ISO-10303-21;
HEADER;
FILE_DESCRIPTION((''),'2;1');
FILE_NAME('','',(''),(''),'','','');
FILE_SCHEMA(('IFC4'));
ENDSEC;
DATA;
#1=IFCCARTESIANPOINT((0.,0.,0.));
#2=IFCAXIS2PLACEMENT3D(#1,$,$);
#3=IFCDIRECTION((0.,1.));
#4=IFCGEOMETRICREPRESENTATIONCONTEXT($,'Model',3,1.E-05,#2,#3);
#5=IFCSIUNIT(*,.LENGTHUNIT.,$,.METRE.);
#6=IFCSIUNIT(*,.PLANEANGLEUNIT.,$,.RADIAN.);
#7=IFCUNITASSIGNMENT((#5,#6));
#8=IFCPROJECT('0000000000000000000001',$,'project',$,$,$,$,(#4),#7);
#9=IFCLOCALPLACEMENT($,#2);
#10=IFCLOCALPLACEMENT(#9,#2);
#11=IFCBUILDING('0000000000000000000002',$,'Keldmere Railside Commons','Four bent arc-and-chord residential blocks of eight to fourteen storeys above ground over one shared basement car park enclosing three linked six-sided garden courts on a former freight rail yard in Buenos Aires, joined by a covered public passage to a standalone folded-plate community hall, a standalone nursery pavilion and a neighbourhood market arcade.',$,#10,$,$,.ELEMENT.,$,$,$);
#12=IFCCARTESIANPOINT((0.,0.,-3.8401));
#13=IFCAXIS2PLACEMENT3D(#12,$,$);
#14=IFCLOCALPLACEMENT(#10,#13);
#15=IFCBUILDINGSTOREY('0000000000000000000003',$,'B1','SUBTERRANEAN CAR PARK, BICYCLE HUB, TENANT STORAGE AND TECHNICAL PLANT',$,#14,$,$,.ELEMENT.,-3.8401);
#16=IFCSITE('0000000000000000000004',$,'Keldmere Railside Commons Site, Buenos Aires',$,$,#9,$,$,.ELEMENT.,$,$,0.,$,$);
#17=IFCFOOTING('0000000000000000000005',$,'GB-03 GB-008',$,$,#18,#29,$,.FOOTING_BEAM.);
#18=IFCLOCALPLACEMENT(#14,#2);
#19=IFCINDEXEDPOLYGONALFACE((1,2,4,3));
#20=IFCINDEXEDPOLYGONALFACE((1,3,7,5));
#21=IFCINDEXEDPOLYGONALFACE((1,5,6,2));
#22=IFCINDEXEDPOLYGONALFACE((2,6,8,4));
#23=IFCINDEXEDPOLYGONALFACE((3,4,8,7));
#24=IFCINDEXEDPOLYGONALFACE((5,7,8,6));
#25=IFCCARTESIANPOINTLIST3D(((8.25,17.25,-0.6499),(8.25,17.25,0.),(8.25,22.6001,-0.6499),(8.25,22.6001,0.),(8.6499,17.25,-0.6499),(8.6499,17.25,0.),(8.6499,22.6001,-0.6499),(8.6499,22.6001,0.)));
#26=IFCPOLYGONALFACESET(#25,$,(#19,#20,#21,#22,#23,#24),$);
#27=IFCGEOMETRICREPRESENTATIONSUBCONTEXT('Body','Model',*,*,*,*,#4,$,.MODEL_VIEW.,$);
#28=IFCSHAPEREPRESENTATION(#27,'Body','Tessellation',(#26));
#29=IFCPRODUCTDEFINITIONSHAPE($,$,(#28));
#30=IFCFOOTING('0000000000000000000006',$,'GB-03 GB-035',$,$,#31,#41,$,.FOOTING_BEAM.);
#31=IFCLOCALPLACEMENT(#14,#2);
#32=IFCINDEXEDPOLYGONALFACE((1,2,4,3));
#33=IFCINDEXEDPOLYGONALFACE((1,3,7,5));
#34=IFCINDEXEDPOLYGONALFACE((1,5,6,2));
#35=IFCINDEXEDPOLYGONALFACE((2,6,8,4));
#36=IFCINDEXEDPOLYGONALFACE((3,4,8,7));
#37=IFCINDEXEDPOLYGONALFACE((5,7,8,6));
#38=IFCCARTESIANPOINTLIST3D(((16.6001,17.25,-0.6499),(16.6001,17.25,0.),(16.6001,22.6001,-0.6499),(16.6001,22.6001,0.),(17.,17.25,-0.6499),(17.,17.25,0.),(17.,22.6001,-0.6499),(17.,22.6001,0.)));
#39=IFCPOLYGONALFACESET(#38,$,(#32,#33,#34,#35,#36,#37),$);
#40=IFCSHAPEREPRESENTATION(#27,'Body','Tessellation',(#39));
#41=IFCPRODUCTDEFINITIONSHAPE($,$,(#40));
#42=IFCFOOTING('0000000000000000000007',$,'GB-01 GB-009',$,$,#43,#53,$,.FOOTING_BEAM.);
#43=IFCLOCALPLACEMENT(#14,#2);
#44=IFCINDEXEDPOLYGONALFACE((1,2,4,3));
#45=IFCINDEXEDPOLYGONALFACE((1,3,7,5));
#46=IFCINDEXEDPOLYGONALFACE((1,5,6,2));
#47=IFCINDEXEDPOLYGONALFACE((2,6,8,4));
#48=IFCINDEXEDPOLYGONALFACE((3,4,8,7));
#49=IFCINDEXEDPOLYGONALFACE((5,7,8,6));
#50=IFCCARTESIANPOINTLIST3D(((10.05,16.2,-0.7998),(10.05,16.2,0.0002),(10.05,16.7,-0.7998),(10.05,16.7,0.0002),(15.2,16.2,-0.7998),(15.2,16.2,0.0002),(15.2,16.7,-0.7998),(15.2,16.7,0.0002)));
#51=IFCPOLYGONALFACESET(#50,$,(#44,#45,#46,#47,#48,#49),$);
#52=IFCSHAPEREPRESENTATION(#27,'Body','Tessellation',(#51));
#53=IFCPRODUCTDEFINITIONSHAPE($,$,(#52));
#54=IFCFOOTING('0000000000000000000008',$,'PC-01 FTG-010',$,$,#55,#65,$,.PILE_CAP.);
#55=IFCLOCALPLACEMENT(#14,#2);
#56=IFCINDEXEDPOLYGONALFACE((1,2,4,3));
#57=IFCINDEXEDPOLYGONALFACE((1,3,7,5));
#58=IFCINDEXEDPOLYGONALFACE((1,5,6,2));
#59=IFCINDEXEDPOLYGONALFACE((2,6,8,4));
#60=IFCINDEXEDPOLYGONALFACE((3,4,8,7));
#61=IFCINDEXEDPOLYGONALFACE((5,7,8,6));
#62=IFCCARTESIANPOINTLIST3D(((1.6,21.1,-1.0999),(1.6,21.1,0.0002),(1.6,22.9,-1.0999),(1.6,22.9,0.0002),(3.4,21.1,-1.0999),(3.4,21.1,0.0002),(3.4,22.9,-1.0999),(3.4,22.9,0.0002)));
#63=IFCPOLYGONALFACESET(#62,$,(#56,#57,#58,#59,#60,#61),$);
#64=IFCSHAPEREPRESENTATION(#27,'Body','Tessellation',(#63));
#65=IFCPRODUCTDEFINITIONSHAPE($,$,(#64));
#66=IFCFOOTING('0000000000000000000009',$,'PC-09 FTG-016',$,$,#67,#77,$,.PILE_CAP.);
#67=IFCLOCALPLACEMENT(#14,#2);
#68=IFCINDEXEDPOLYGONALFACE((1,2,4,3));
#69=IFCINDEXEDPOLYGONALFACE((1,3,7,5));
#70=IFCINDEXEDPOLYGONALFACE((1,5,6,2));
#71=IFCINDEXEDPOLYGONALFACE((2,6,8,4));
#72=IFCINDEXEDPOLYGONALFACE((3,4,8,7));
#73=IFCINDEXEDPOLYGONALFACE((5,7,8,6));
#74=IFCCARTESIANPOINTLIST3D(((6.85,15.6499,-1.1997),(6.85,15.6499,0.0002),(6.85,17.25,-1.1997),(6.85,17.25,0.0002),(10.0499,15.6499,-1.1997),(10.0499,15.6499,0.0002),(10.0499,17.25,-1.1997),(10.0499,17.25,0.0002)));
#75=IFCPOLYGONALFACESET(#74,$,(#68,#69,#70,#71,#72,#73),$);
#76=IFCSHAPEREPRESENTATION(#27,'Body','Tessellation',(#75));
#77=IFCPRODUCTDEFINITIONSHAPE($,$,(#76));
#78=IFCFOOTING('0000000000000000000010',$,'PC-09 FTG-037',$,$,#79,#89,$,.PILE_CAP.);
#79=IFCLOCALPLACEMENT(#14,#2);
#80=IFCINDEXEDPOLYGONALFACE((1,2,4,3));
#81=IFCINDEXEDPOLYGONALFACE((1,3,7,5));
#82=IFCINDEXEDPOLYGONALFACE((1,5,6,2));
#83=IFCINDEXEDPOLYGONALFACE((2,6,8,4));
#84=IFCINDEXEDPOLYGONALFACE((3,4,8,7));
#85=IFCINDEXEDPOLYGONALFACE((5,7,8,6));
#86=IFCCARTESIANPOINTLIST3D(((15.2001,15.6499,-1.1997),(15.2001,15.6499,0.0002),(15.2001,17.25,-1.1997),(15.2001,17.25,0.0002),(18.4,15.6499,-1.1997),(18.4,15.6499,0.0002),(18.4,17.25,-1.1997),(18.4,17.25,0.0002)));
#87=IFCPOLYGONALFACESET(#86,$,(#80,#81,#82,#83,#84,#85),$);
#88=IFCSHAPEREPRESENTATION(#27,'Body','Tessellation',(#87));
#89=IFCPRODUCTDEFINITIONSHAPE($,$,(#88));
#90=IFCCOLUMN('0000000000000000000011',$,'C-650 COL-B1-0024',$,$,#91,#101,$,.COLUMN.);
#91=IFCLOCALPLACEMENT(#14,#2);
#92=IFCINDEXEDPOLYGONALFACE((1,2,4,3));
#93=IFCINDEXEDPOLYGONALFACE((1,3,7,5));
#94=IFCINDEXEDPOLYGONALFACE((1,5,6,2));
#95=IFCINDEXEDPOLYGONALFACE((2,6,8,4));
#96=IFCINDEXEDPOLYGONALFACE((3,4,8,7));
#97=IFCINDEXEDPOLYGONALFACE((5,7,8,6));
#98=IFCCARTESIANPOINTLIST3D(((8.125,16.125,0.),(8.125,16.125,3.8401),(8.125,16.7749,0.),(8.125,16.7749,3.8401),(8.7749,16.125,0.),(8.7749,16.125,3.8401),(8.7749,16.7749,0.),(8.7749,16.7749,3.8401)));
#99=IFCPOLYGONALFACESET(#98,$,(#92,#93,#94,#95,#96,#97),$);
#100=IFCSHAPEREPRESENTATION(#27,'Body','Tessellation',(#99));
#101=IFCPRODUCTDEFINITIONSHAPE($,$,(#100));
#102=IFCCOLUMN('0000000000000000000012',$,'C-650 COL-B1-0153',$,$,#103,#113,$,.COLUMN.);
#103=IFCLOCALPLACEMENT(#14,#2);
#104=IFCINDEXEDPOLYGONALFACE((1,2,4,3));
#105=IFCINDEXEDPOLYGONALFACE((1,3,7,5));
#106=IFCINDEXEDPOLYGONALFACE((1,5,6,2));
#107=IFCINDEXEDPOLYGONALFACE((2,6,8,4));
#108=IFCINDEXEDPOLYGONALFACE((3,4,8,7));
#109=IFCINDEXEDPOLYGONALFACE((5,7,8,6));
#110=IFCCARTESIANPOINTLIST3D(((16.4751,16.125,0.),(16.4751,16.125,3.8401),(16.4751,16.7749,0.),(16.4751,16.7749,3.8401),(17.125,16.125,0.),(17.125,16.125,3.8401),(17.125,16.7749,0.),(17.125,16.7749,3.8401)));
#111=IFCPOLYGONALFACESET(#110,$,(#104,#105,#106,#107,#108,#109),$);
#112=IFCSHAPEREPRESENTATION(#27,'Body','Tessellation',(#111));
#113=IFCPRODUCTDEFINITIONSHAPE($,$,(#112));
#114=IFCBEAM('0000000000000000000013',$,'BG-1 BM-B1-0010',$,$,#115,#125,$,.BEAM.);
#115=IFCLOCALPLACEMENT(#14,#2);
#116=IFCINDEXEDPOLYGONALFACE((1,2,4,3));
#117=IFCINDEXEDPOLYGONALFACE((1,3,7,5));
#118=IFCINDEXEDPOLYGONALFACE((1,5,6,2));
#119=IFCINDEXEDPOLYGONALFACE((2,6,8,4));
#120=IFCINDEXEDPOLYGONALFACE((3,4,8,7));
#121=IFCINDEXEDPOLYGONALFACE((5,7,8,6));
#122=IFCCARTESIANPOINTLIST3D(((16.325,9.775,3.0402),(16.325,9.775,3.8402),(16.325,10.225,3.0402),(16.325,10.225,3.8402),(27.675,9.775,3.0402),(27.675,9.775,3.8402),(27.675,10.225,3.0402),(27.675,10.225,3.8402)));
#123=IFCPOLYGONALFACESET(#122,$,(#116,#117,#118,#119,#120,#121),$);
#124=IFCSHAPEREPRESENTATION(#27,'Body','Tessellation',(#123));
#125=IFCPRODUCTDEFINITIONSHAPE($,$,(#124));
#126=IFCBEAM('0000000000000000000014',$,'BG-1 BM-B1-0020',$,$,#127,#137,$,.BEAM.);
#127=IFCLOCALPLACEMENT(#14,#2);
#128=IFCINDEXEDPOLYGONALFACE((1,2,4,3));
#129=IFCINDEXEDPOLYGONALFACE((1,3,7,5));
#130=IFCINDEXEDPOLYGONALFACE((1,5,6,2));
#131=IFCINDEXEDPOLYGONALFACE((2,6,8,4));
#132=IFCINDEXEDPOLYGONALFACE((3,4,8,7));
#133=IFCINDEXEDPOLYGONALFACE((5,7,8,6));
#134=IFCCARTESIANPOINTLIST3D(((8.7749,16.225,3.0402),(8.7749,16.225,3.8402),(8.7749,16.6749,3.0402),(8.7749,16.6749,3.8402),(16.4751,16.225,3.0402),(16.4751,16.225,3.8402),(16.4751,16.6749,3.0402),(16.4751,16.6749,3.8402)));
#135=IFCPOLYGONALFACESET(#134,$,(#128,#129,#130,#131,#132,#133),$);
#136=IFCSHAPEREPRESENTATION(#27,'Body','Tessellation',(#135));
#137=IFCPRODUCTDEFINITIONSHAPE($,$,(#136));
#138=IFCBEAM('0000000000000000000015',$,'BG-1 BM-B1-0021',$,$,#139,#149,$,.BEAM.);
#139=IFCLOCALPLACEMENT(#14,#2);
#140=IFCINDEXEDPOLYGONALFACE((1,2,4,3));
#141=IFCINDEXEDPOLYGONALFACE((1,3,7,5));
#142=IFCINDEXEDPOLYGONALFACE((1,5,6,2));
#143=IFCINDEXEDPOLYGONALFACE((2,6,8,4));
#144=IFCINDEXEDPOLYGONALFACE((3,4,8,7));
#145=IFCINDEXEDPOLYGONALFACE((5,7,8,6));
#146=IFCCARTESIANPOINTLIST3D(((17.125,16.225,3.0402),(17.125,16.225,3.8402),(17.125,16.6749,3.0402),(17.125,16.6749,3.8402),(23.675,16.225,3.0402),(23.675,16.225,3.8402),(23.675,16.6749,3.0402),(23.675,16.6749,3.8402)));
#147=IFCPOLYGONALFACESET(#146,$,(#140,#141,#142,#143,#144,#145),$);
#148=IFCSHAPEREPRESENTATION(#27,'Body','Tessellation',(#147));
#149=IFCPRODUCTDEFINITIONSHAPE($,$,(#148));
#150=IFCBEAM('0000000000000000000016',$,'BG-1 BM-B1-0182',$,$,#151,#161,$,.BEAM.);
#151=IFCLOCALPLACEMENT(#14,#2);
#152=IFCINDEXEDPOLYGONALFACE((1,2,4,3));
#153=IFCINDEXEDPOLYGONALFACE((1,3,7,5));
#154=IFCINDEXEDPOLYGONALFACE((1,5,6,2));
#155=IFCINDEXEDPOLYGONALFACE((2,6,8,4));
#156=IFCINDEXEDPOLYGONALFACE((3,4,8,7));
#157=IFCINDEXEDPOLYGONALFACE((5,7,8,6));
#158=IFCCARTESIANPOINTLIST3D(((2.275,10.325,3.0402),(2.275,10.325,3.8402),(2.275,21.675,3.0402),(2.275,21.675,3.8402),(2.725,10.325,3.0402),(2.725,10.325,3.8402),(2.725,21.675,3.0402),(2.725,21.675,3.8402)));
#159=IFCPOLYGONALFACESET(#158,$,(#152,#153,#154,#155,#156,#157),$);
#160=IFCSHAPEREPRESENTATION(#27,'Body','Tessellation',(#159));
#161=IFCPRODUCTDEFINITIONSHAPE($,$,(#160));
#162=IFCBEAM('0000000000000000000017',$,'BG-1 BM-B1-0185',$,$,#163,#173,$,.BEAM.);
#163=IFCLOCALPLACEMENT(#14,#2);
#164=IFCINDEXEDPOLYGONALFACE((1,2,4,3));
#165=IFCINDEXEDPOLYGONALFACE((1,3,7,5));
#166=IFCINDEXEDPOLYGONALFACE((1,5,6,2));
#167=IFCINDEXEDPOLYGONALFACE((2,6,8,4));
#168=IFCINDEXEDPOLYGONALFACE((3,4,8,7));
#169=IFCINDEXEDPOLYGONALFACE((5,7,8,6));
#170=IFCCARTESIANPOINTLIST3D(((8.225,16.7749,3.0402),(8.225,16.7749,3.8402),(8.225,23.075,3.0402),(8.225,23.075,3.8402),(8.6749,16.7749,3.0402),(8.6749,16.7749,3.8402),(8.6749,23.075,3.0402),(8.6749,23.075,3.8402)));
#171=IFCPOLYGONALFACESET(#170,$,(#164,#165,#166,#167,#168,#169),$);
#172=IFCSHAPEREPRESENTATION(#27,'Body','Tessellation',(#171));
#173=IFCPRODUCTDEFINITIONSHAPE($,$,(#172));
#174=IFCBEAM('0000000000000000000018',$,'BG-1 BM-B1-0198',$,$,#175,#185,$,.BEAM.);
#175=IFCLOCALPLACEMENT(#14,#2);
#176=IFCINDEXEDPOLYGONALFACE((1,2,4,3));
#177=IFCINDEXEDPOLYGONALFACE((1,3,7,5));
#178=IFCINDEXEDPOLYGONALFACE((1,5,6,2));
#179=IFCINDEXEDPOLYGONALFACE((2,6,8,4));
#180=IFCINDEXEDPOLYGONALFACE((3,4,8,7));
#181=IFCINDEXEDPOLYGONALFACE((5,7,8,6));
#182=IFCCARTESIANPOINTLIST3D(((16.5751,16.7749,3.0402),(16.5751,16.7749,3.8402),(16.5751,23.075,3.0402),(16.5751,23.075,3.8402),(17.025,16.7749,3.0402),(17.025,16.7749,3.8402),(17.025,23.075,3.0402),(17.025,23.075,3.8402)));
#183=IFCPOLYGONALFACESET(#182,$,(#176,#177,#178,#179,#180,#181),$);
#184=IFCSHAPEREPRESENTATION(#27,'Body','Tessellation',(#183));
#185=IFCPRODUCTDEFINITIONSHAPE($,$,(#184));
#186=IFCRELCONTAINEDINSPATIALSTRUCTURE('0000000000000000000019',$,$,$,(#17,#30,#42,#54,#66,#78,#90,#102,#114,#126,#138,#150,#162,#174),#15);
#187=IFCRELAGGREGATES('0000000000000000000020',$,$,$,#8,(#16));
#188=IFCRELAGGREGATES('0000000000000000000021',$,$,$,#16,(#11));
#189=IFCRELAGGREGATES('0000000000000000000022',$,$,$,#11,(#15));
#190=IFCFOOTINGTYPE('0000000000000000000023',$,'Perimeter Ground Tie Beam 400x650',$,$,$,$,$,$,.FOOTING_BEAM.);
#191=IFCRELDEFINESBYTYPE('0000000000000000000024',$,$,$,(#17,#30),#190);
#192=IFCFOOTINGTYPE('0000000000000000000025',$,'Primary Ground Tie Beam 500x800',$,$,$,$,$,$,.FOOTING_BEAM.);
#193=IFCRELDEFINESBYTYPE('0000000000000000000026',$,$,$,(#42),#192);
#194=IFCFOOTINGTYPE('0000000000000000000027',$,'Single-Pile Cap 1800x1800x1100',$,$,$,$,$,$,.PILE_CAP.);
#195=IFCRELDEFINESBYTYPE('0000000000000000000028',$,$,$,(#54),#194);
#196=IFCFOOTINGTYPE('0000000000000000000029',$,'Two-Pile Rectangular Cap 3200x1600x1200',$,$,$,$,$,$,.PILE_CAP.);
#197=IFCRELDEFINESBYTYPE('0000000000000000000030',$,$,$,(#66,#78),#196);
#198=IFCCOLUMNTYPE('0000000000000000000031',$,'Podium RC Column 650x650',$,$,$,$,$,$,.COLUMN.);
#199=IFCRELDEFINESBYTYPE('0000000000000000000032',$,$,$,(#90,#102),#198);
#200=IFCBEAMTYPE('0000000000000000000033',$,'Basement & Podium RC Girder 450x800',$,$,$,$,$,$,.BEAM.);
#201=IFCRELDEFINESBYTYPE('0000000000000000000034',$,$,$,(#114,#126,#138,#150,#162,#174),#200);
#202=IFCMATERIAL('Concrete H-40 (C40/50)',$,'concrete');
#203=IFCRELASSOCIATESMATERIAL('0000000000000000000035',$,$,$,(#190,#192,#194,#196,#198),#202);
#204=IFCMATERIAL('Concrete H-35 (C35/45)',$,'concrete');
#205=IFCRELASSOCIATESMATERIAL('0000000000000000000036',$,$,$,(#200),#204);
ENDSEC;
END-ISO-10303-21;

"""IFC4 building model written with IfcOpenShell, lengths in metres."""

from ifc_helpers import new_model, si_unit, direction, frame, origin, origin_2d, place, context, subcontext, project, spatial, rectangle, extrude, material, material_profile, profile_set, type_object, element, save


model = new_model("IFC4")

# Units and contexts
model_context = context("Model", 3, precision=1e-05, world=origin(), true_north=direction((0.0, 1.0)))
body_context = subcontext(model_context, "Body", "Model", "MODEL_VIEW")
ifc_project = project(units=[si_unit("LENGTHUNIT", "METRE"), si_unit("PLANEANGLEUNIT", "RADIAN")], contexts=[model_context])

# Site, building, storey
site_placement = place(None, origin())
site = spatial("IfcSite", under=ifc_project, at=site_placement, Name="Keldmere Railside Commons Site, Buenos Aires", CompositionType="ELEMENT", RefElevation=0.0)
building_placement = place(site_placement, origin())
building = spatial("IfcBuilding", under=site, at=building_placement, Name="Keldmere Railside Commons", Description="Four bent arc-and-chord residential blocks of eight to fourteen storeys above ground over one shared basement car park enclosing three linked six-sided garden courts on a former freight rail yard in Buenos Aires, joined by a covered public passage to a standalone folded-plate community hall, a standalone nursery pavilion and a neighbourhood market arcade.", CompositionType="ELEMENT")
storey_placement = place(building_placement, frame((0.0, 0.0, -3.8401)))
storey = spatial("IfcBuildingStorey", under=building, at=storey_placement, Name="B1", Description="SUBTERRANEAN CAR PARK, BICYCLE HUB, TENANT STORAGE AND TECHNICAL PLANT", CompositionType="ELEMENT", Elevation=-3.8401)

# Footings
ifc_material_1 = material(Name="Concrete H-40 (C40/50)", Category="concrete")
footing_type_1 = type_object("IfcFootingType", Name="Perimeter Ground Tie Beam 400x650", PredefinedType="FOOTING_BEAM", material=ifc_material_1)
for number, where, z_axis, x_axis, name in (
    (1, (8.45, 19.925, -0.6499), (0.0, 0.0, 1.0), (0.0, 1.0, 0.0), "GB-03 GB-008"),
    (2, (16.8, 19.925, -0.6499), (0.0, 0.0, 1.0), (0.0, 1.0, 0.0), "GB-03 GB-035"),
):
    element("IfcFooting", number, at=place(storey_placement, frame(where, z_axis=z_axis, x_axis=x_axis)), inside=storey, type_object=footing_type_1, Name=name, PredefinedType="FOOTING_BEAM", context=body_context, shape_type="SweptSolid", body=[
        extrude(rectangle(XDim=5.3501, YDim=0.3999, at=origin_2d()), origin(), (0.0, 0.0, 1.0), 0.6499),
    ])
footing_type_2 = type_object("IfcFootingType", Name="Primary Ground Tie Beam 500x800", PredefinedType="FOOTING_BEAM", material=ifc_material_1)
footing_1_placement = place(storey_placement, frame((12.625, 16.45, -0.7998), z_axis=(0.0, 0.0, 1.0), x_axis=(1.0, 0.0, 0.0)))
element("IfcFooting", 3, at=footing_1_placement, inside=storey, type_object=footing_type_2, Name="GB-01 GB-009", PredefinedType="FOOTING_BEAM", context=body_context, shape_type="SweptSolid", body=[
    extrude(rectangle(XDim=5.1499, YDim=0.5, at=origin_2d()), origin(), (0.0, 0.0, 1.0), 0.8),
])
footing_type_3 = type_object("IfcFootingType", Name="Single-Pile Cap 1800x1800x1100", PredefinedType="PILE_CAP", material=ifc_material_1)
footing_2_placement = place(storey_placement, frame((2.5, 22.0, -1.0999), z_axis=(0.0, 0.0, 1.0), x_axis=(1.0, 0.0, 0.0)))
element("IfcFooting", 4, at=footing_2_placement, inside=storey, type_object=footing_type_3, Name="PC-01 FTG-010", PredefinedType="PILE_CAP", context=body_context, shape_type="SweptSolid", body=[
    extrude(rectangle(XDim=1.8, YDim=1.8, at=origin_2d()), origin(), (0.0, 0.0, 1.0), 1.1001),
])
footing_type_4 = type_object("IfcFootingType", Name="Two-Pile Rectangular Cap 3200x1600x1200", PredefinedType="PILE_CAP", material=ifc_material_1)
for number, where, z_axis, x_axis, name in (
    (5, (8.45, 16.45, -1.1997), (0.0, 0.0, 1.0), (1.0, 0.0, 0.0), "PC-09 FTG-016"),
    (6, (16.8, 16.45, -1.1997), (0.0, 0.0, 1.0), (1.0, 0.0, 0.0), "PC-09 FTG-037"),
):
    element("IfcFooting", number, at=place(storey_placement, frame(where, z_axis=z_axis, x_axis=x_axis)), inside=storey, type_object=footing_type_4, Name=name, PredefinedType="PILE_CAP", context=body_context, shape_type="SweptSolid", body=[
        extrude(rectangle(XDim=3.2, YDim=1.6001, at=origin_2d()), origin(), (0.0, 0.0, 1.0), 1.2),
    ])

# Columns
ifc_material_profile_1 = material_profile(ifc_material_1, rectangle(XDim=0.6499, YDim=0.6499, at=origin_2d()), Name="RC-650x650")
ifc_profile_set_1 = profile_set([ifc_material_profile_1], Name="Concrete H-40 (C40/50)")
column_type = type_object("IfcColumnType", Name="Podium RC Column 650x650", PredefinedType="COLUMN", material=ifc_profile_set_1)
for number, where, z_axis, x_axis, name in (
    (7, (8.45, 16.45, 0.0), (0.0, 0.0, 1.0), (1.0, 0.0, 0.0), "C-650 COL-B1-0024"),
    (8, (16.8, 16.45, 0.0), (0.0, 0.0, 1.0), (1.0, 0.0, 0.0), "C-650 COL-B1-0153"),
):
    element("IfcColumn", number, at=place(storey_placement, frame(where, z_axis=z_axis, x_axis=x_axis)), inside=storey, type_object=column_type, Name=name, PredefinedType="COLUMN", context=body_context, shape_type="SweptSolid", body=[
        extrude(rectangle(XDim=0.6499, YDim=0.6499, at=origin_2d()), origin(), (0.0, 0.0, 1.0), 3.8401),
    ])

# Beams
ifc_material_2 = material(Name="Concrete H-35 (C35/45)", Category="concrete")
ifc_material_profile_2 = material_profile(ifc_material_2, rectangle(XDim=0.45, YDim=0.8, at=origin_2d()), Name="RC-450x800")
ifc_profile_set_2 = profile_set([ifc_material_profile_2], Name="Concrete H-35 (C35/45)")
beam_type_1 = type_object("IfcBeamType", Name="Basement & Podium RC Girder 450x800", PredefinedType="BEAM", material=ifc_profile_set_2)
beam_1_placement = place(storey_placement, frame((16.325, 10.0, 3.4402), z_axis=(1.0, 0.0, 0.0), x_axis=(0.0, 1.0, 0.0)))
element("IfcBeam", 9, at=beam_1_placement, inside=storey, type_object=beam_type_1, Name="BG-1 BM-B1-0010", PredefinedType="BEAM", context=body_context, shape_type="SweptSolid", body=[
    extrude(rectangle(XDim=0.45, YDim=0.8, at=origin_2d()), origin(), (0.0, 0.0, 1.0), 11.3501),
])
beam_2_placement = place(storey_placement, frame((8.7749, 16.45, 3.4402), z_axis=(1.0, 0.0, 0.0), x_axis=(0.0, 1.0, 0.0)))
element("IfcBeam", 10, at=beam_2_placement, inside=storey, type_object=beam_type_1, Name="BG-1 BM-B1-0020", PredefinedType="BEAM", context=body_context, shape_type="SweptSolid", body=[
    extrude(rectangle(XDim=0.45, YDim=0.8, at=origin_2d()), origin(), (0.0, 0.0, 1.0), 7.7002),
])
beam_3_placement = place(storey_placement, frame((17.125, 16.45, 3.4402), z_axis=(1.0, 0.0, 0.0), x_axis=(0.0, 1.0, 0.0)))
element("IfcBeam", 11, at=beam_3_placement, inside=storey, type_object=beam_type_1, Name="BG-1 BM-B1-0021", PredefinedType="BEAM", context=body_context, shape_type="SweptSolid", body=[
    extrude(rectangle(XDim=0.45, YDim=0.8, at=origin_2d()), origin(), (0.0, 0.0, 1.0), 6.55),
])
beam_4_placement = place(storey_placement, frame((2.5, 10.325, 3.4402), z_axis=(0.0, 1.0, 0.0), x_axis=(-1.0, 0.0, 0.0)))
element("IfcBeam", 12, at=beam_4_placement, inside=storey, type_object=beam_type_1, Name="BG-1 BM-B1-0182", PredefinedType="BEAM", context=body_context, shape_type="SweptSolid", body=[
    extrude(rectangle(XDim=0.45, YDim=0.8, at=origin_2d()), origin(), (0.0, 0.0, 1.0), 11.3501),
])
for number, where, z_axis, x_axis, name in (
    (13, (8.45, 16.7749, 3.4402), (0.0, 1.0, 0.0), (-1.0, 0.0, 0.0), "BG-1 BM-B1-0185"),
    (14, (16.8, 16.7749, 3.4402), (0.0, 1.0, 0.0), (-1.0, 0.0, 0.0), "BG-1 BM-B1-0198"),
):
    element("IfcBeam", number, at=place(storey_placement, frame(where, z_axis=z_axis, x_axis=x_axis)), inside=storey, type_object=beam_type_1, Name=name, PredefinedType="BEAM", context=body_context, shape_type="SweptSolid", body=[
        extrude(rectangle(XDim=0.45, YDim=0.8, at=origin_2d()), origin(), (0.0, 0.0, 1.0), 6.3),
    ])

save(model, "model.ifc")
